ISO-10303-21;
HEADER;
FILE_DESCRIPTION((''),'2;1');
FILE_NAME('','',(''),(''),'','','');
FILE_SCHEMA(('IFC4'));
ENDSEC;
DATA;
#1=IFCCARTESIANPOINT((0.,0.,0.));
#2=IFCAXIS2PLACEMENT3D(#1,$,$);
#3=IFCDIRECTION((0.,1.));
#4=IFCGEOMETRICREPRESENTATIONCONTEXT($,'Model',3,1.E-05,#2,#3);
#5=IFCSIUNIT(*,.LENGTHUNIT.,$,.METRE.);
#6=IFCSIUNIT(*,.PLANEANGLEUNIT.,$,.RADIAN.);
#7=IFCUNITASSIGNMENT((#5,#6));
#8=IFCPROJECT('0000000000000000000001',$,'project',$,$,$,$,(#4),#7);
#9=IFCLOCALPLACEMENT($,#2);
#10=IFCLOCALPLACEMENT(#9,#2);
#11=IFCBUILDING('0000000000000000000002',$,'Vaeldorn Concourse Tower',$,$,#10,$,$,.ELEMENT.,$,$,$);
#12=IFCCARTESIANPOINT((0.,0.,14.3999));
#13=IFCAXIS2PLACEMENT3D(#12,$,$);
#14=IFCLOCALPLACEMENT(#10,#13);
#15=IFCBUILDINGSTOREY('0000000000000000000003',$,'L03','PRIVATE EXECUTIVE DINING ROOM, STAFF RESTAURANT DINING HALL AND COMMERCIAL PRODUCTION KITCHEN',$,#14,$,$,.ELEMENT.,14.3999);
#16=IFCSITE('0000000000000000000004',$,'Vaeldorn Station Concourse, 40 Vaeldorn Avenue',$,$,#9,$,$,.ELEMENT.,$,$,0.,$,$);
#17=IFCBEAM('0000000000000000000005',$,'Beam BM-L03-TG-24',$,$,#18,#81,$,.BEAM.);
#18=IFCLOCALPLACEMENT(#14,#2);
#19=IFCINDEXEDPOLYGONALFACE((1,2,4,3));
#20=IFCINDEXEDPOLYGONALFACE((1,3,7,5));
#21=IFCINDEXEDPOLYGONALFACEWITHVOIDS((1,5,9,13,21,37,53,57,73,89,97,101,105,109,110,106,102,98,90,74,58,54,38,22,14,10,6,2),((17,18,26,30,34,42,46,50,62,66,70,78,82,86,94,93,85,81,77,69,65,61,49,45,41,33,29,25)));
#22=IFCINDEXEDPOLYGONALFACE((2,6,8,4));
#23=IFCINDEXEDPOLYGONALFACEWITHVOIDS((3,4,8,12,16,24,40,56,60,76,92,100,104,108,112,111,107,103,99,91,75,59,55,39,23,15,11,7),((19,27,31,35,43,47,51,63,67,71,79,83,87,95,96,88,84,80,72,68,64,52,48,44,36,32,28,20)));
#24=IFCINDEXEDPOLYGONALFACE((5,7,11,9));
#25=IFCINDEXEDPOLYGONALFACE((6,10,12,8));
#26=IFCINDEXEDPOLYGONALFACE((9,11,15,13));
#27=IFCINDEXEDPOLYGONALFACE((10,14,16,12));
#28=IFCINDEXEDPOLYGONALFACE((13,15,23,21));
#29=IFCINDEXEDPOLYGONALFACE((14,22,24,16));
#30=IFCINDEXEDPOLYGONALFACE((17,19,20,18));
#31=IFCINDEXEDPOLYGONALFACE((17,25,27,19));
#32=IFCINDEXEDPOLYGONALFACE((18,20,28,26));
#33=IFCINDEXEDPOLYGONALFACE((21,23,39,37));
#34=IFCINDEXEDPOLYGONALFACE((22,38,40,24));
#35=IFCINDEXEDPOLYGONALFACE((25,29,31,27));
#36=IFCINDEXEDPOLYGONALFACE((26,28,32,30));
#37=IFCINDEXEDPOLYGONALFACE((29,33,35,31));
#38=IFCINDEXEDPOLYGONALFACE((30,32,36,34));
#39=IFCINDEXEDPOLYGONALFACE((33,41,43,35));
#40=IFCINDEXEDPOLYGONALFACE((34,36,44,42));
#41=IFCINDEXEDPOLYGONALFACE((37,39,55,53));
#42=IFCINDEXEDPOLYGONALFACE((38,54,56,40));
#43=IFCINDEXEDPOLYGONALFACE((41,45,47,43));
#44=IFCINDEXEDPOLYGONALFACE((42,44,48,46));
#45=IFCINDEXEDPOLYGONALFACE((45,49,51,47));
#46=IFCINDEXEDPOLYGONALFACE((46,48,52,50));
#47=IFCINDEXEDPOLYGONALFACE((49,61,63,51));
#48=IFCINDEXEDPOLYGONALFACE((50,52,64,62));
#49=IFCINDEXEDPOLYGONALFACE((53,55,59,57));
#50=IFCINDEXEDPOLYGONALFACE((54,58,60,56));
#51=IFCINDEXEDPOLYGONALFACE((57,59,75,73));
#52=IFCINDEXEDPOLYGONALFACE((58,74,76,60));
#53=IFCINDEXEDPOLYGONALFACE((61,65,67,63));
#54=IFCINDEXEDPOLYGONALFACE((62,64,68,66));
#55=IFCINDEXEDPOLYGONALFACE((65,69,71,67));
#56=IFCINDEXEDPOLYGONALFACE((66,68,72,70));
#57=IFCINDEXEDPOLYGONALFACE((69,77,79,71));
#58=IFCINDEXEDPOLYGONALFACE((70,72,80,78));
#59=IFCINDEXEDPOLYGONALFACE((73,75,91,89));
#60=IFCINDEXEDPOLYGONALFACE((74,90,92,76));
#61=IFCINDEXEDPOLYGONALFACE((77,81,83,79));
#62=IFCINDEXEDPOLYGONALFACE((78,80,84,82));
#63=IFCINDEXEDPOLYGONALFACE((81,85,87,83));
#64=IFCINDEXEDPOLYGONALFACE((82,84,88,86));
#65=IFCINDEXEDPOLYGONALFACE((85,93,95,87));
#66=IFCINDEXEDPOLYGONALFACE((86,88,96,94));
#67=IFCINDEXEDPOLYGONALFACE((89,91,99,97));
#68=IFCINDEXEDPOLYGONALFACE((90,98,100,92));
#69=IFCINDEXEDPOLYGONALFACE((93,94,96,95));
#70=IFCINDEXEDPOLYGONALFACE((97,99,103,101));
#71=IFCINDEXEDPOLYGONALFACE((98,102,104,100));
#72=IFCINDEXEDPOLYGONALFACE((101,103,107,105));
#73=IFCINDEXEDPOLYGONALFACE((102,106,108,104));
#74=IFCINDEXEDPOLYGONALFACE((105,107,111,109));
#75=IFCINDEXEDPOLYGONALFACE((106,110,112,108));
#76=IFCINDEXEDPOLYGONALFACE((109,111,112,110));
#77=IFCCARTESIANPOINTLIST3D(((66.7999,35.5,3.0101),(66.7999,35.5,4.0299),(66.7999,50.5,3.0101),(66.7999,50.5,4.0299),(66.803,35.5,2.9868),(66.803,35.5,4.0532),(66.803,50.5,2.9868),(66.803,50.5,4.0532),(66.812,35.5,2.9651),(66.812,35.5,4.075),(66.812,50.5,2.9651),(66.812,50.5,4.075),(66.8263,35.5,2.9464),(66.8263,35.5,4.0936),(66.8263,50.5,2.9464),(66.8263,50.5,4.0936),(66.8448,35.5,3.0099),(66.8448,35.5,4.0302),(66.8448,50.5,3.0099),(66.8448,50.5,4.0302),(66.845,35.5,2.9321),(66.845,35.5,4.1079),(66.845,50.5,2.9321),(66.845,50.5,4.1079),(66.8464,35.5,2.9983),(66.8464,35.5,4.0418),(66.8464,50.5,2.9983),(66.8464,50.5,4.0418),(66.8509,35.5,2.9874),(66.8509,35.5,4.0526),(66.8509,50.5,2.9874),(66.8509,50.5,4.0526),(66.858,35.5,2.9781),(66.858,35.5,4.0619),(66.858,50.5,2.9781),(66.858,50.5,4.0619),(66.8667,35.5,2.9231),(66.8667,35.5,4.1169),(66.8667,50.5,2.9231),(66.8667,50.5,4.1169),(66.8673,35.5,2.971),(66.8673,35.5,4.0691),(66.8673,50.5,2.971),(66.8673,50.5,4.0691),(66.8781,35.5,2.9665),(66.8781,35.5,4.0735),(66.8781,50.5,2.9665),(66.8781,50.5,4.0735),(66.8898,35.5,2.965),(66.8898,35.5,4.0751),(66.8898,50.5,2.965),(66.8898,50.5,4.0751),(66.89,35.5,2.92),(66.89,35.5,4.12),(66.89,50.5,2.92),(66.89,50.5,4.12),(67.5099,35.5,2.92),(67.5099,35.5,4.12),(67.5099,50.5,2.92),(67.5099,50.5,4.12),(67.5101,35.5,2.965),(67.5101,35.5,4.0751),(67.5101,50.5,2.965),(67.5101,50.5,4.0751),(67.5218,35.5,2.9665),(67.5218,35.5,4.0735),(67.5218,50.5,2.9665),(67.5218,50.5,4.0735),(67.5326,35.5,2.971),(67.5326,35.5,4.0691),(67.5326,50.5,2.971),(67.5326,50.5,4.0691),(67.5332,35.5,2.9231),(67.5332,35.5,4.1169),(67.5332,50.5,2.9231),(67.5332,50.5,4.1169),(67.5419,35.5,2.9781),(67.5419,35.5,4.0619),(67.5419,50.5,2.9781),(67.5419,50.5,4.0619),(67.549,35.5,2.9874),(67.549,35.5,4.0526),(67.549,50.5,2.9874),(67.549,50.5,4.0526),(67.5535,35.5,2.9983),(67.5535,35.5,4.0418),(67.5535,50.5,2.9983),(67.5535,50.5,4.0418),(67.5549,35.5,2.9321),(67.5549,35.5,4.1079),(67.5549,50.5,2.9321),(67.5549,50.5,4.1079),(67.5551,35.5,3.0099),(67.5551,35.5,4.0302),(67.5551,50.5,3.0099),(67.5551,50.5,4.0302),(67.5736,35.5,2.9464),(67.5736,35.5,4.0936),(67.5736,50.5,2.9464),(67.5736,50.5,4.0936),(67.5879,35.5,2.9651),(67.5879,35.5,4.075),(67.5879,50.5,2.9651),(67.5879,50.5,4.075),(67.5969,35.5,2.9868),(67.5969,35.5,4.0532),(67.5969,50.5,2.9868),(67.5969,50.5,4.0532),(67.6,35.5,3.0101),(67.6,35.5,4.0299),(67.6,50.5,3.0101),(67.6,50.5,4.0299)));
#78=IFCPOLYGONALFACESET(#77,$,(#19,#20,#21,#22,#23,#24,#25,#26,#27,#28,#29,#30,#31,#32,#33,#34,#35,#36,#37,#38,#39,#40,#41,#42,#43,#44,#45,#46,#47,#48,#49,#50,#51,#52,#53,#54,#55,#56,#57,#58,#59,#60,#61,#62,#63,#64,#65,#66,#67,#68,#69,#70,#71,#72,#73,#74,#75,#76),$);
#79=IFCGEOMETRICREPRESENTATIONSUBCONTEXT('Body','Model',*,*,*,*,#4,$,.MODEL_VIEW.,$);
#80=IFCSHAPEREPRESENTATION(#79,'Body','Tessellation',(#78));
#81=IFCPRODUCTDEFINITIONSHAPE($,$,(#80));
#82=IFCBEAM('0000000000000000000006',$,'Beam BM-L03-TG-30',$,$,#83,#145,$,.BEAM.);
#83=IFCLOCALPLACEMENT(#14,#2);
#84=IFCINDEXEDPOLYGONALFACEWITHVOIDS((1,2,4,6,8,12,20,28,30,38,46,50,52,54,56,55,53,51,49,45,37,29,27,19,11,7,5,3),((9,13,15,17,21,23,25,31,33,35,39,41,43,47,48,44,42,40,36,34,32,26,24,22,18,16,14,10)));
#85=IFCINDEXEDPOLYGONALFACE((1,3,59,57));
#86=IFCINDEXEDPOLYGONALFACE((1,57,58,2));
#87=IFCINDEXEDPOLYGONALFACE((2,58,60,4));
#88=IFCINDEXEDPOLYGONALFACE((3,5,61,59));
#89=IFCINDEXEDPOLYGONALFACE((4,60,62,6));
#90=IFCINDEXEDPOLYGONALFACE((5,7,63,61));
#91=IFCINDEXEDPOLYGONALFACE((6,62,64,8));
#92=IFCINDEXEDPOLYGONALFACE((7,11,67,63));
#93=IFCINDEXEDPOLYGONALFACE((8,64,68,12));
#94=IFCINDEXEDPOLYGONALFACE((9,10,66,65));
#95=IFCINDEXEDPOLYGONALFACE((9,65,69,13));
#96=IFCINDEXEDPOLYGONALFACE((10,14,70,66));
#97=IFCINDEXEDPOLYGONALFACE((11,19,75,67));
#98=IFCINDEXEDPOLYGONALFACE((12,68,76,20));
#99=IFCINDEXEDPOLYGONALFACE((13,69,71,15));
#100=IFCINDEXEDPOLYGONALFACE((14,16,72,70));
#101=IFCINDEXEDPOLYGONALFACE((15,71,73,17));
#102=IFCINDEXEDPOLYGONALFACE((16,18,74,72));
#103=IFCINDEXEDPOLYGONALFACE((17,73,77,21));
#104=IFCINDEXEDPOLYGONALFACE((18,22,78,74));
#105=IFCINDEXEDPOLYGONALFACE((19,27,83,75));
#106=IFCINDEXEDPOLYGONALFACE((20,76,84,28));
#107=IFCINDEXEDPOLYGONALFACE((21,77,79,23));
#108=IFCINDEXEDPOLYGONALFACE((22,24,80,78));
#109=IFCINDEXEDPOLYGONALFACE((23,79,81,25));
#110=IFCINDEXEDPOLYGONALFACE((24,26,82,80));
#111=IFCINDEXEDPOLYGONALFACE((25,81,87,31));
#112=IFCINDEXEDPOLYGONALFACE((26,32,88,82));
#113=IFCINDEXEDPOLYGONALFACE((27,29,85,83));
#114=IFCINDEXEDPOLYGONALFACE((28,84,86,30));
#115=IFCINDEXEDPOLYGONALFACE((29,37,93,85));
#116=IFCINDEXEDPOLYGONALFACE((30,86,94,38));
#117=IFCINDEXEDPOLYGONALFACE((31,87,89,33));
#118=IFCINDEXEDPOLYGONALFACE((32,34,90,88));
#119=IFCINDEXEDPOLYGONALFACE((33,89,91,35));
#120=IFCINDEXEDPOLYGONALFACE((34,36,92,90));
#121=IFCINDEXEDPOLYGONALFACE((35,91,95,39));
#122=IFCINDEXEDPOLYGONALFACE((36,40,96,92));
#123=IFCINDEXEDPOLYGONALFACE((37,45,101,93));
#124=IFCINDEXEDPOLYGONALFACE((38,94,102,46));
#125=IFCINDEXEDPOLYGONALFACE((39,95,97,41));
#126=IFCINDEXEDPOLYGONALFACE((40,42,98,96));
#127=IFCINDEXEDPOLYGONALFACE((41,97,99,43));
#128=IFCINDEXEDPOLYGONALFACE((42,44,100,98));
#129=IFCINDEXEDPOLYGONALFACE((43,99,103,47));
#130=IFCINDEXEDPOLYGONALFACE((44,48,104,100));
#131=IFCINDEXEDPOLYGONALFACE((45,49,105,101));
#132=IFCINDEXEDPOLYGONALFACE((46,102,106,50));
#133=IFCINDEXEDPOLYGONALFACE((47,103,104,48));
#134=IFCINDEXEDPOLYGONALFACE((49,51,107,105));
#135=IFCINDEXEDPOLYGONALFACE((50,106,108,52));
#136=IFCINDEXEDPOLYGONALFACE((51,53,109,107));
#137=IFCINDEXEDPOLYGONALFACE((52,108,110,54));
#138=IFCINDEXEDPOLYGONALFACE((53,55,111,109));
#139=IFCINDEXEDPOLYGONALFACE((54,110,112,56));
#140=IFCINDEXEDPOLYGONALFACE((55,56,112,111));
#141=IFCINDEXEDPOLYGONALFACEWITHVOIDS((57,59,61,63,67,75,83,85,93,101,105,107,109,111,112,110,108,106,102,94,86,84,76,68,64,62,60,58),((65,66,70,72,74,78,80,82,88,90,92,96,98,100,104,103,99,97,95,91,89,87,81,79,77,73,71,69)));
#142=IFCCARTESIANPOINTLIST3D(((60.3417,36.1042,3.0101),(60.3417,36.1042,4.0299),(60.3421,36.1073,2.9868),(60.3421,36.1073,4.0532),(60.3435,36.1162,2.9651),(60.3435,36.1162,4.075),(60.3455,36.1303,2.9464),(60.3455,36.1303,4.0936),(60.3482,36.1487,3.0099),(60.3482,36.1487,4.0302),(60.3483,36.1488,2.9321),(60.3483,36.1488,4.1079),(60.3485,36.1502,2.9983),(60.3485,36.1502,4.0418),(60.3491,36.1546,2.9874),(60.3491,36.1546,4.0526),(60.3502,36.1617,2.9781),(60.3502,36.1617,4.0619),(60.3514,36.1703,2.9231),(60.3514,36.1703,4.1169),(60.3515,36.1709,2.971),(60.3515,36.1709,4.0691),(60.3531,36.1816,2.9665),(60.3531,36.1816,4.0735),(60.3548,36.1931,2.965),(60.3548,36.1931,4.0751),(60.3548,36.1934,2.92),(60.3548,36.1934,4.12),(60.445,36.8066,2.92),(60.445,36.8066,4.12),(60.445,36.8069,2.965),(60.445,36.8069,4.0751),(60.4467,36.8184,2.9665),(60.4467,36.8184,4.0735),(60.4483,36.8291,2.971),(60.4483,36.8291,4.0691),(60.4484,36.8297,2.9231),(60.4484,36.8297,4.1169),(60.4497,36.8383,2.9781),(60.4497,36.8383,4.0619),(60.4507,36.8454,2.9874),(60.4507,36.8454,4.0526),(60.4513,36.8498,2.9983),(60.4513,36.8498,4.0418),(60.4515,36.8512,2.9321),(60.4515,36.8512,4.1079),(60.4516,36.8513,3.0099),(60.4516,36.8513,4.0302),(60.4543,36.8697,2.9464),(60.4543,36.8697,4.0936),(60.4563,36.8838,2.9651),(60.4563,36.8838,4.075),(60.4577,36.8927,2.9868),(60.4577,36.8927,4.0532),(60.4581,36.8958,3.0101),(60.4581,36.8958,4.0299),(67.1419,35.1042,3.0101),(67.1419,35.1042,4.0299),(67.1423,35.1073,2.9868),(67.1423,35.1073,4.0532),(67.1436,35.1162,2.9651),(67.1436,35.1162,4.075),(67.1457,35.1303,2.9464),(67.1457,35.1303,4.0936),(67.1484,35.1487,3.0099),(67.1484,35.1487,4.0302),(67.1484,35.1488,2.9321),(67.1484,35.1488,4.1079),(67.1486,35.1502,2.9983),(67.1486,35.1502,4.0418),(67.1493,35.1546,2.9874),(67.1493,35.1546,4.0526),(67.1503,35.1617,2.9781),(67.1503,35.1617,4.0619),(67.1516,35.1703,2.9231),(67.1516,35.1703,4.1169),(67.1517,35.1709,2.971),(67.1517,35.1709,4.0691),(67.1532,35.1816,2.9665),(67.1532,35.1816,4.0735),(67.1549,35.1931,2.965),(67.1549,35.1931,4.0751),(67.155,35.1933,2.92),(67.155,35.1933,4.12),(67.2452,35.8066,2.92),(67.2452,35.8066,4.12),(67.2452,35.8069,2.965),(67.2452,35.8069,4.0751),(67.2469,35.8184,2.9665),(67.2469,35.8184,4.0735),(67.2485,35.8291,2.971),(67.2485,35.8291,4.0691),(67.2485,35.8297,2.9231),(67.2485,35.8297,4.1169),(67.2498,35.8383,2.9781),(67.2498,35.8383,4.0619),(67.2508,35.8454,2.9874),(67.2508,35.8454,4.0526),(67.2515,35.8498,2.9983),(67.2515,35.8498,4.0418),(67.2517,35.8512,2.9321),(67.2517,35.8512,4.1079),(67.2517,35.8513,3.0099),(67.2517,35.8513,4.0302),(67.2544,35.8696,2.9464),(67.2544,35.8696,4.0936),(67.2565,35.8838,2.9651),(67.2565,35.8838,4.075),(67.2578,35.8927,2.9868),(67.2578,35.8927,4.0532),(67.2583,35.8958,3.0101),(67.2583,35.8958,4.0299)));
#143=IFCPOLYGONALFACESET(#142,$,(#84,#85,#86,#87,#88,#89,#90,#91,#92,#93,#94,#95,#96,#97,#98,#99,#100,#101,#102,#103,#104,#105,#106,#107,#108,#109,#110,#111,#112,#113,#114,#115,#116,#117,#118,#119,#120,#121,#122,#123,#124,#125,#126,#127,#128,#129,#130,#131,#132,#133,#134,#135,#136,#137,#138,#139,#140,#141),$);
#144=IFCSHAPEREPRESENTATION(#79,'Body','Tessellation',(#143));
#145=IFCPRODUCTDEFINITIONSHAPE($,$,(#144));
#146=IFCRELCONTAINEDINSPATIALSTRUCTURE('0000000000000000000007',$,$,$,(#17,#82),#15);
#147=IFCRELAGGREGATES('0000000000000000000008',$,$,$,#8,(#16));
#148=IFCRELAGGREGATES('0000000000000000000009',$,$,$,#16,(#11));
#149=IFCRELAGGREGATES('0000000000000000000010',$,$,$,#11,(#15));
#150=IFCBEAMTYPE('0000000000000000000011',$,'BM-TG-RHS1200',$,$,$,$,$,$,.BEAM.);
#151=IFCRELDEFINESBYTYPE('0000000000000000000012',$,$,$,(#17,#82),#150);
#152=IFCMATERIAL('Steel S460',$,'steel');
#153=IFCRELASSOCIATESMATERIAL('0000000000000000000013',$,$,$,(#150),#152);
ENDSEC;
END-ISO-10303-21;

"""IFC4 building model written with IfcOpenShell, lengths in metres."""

from ifc_helpers import new_model, si_unit, direction, frame, origin, origin_2d, place, context, subcontext, project, spatial, hollow_rectangle, extrude, source, transform, mapped, material, material_profile, profile_set, type_object, element, save


model = new_model("IFC4")

# Units and contexts
model_context = context("Model", 3, precision=1e-05, world=origin(), true_north=direction((0.0, 1.0)))
body_context = subcontext(model_context, "Body", "Model", "MODEL_VIEW")
ifc_project = project(units=[si_unit("LENGTHUNIT", "METRE"), si_unit("PLANEANGLEUNIT", "RADIAN")], contexts=[model_context])

# Site, building, storey
site_placement = place(None, origin())
site = spatial("IfcSite", under=ifc_project, at=site_placement, Name="Vaeldorn Station Concourse, 40 Vaeldorn Avenue", CompositionType="ELEMENT", RefElevation=0.0)
building_placement = place(site_placement, origin())
building = spatial("IfcBuilding", under=site, at=building_placement, Name="Vaeldorn Concourse Tower", CompositionType="ELEMENT")
storey_placement = place(building_placement, frame((0.0, 0.0, 14.3999)))
storey = spatial("IfcBuildingStorey", under=building, at=storey_placement, Name="L03", Description="PRIVATE EXECUTIVE DINING ROOM, STAFF RESTAURANT DINING HALL AND COMMERCIAL PRODUCTION KITCHEN", CompositionType="ELEMENT", Elevation=14.3999)

# Shared definitions
ifc_material_1 = material(Name="Steel S460", Category="steel")

# Beams
ifc_material_profile_1 = material_profile(ifc_material_1, hollow_rectangle(XDim=0.8, YDim=1.2, WallThickness=0.0449, InnerFilletRadius=0.0449, OuterFilletRadius=0.0901, at=origin_2d()), Name="RHS 1200x800x45")
ifc_profile_set_1 = profile_set([ifc_material_profile_1], Name="Steel S460")
beam_type_1 = type_object("IfcBeamType", Name="BM-TG-RHS1200", PredefinedType="BEAM", material=ifc_profile_set_1)
shared_shape_1 = source(origin(), body_context, "Body", "SweptSolid", [
    extrude(hollow_rectangle(XDim=0.8, YDim=1.2, WallThickness=0.0449, InnerFilletRadius=0.0449, OuterFilletRadius=0.0901, at=origin_2d()), origin(), (0.0, 0.0, 1.0), 15.0),
])
beam_1_placement = place(storey_placement, frame((67.2, 35.5, 3.52), z_axis=(0.0, 1.0, 0.0), x_axis=(-1.0, 0.0, 0.0)))
element("IfcBeam", 1, at=beam_1_placement, inside=storey, type_object=beam_type_1, Name="Beam BM-L03-TG-24", PredefinedType="BEAM", context=body_context, shape_type="MappedRepresentation", body=[
    mapped(shared_shape_1, transform((0.0, 0.0, 0.0), scale=1.0)),
])
shared_shape_2 = source(origin(), body_context, "Body", "SweptSolid", [
    extrude(hollow_rectangle(XDim=0.8, YDim=1.2, WallThickness=0.0449, InnerFilletRadius=0.0449, OuterFilletRadius=0.0901, at=origin_2d()), origin(), (0.0, 0.0, 1.0), 6.8733),
])
beam_2_placement = place(storey_placement, frame((60.3999, 36.5, 3.52), z_axis=(0.989359, -0.145493, 0.0), x_axis=(0.145493, 0.989359, 0.0)))
element("IfcBeam", 2, at=beam_2_placement, inside=storey, type_object=beam_type_1, Name="Beam BM-L03-TG-30", PredefinedType="BEAM", context=body_context, shape_type="MappedRepresentation", body=[
    mapped(shared_shape_2, transform((0.0, 0.0, 0.0), scale=1.0)),
])

save(model, "model.ifc")
